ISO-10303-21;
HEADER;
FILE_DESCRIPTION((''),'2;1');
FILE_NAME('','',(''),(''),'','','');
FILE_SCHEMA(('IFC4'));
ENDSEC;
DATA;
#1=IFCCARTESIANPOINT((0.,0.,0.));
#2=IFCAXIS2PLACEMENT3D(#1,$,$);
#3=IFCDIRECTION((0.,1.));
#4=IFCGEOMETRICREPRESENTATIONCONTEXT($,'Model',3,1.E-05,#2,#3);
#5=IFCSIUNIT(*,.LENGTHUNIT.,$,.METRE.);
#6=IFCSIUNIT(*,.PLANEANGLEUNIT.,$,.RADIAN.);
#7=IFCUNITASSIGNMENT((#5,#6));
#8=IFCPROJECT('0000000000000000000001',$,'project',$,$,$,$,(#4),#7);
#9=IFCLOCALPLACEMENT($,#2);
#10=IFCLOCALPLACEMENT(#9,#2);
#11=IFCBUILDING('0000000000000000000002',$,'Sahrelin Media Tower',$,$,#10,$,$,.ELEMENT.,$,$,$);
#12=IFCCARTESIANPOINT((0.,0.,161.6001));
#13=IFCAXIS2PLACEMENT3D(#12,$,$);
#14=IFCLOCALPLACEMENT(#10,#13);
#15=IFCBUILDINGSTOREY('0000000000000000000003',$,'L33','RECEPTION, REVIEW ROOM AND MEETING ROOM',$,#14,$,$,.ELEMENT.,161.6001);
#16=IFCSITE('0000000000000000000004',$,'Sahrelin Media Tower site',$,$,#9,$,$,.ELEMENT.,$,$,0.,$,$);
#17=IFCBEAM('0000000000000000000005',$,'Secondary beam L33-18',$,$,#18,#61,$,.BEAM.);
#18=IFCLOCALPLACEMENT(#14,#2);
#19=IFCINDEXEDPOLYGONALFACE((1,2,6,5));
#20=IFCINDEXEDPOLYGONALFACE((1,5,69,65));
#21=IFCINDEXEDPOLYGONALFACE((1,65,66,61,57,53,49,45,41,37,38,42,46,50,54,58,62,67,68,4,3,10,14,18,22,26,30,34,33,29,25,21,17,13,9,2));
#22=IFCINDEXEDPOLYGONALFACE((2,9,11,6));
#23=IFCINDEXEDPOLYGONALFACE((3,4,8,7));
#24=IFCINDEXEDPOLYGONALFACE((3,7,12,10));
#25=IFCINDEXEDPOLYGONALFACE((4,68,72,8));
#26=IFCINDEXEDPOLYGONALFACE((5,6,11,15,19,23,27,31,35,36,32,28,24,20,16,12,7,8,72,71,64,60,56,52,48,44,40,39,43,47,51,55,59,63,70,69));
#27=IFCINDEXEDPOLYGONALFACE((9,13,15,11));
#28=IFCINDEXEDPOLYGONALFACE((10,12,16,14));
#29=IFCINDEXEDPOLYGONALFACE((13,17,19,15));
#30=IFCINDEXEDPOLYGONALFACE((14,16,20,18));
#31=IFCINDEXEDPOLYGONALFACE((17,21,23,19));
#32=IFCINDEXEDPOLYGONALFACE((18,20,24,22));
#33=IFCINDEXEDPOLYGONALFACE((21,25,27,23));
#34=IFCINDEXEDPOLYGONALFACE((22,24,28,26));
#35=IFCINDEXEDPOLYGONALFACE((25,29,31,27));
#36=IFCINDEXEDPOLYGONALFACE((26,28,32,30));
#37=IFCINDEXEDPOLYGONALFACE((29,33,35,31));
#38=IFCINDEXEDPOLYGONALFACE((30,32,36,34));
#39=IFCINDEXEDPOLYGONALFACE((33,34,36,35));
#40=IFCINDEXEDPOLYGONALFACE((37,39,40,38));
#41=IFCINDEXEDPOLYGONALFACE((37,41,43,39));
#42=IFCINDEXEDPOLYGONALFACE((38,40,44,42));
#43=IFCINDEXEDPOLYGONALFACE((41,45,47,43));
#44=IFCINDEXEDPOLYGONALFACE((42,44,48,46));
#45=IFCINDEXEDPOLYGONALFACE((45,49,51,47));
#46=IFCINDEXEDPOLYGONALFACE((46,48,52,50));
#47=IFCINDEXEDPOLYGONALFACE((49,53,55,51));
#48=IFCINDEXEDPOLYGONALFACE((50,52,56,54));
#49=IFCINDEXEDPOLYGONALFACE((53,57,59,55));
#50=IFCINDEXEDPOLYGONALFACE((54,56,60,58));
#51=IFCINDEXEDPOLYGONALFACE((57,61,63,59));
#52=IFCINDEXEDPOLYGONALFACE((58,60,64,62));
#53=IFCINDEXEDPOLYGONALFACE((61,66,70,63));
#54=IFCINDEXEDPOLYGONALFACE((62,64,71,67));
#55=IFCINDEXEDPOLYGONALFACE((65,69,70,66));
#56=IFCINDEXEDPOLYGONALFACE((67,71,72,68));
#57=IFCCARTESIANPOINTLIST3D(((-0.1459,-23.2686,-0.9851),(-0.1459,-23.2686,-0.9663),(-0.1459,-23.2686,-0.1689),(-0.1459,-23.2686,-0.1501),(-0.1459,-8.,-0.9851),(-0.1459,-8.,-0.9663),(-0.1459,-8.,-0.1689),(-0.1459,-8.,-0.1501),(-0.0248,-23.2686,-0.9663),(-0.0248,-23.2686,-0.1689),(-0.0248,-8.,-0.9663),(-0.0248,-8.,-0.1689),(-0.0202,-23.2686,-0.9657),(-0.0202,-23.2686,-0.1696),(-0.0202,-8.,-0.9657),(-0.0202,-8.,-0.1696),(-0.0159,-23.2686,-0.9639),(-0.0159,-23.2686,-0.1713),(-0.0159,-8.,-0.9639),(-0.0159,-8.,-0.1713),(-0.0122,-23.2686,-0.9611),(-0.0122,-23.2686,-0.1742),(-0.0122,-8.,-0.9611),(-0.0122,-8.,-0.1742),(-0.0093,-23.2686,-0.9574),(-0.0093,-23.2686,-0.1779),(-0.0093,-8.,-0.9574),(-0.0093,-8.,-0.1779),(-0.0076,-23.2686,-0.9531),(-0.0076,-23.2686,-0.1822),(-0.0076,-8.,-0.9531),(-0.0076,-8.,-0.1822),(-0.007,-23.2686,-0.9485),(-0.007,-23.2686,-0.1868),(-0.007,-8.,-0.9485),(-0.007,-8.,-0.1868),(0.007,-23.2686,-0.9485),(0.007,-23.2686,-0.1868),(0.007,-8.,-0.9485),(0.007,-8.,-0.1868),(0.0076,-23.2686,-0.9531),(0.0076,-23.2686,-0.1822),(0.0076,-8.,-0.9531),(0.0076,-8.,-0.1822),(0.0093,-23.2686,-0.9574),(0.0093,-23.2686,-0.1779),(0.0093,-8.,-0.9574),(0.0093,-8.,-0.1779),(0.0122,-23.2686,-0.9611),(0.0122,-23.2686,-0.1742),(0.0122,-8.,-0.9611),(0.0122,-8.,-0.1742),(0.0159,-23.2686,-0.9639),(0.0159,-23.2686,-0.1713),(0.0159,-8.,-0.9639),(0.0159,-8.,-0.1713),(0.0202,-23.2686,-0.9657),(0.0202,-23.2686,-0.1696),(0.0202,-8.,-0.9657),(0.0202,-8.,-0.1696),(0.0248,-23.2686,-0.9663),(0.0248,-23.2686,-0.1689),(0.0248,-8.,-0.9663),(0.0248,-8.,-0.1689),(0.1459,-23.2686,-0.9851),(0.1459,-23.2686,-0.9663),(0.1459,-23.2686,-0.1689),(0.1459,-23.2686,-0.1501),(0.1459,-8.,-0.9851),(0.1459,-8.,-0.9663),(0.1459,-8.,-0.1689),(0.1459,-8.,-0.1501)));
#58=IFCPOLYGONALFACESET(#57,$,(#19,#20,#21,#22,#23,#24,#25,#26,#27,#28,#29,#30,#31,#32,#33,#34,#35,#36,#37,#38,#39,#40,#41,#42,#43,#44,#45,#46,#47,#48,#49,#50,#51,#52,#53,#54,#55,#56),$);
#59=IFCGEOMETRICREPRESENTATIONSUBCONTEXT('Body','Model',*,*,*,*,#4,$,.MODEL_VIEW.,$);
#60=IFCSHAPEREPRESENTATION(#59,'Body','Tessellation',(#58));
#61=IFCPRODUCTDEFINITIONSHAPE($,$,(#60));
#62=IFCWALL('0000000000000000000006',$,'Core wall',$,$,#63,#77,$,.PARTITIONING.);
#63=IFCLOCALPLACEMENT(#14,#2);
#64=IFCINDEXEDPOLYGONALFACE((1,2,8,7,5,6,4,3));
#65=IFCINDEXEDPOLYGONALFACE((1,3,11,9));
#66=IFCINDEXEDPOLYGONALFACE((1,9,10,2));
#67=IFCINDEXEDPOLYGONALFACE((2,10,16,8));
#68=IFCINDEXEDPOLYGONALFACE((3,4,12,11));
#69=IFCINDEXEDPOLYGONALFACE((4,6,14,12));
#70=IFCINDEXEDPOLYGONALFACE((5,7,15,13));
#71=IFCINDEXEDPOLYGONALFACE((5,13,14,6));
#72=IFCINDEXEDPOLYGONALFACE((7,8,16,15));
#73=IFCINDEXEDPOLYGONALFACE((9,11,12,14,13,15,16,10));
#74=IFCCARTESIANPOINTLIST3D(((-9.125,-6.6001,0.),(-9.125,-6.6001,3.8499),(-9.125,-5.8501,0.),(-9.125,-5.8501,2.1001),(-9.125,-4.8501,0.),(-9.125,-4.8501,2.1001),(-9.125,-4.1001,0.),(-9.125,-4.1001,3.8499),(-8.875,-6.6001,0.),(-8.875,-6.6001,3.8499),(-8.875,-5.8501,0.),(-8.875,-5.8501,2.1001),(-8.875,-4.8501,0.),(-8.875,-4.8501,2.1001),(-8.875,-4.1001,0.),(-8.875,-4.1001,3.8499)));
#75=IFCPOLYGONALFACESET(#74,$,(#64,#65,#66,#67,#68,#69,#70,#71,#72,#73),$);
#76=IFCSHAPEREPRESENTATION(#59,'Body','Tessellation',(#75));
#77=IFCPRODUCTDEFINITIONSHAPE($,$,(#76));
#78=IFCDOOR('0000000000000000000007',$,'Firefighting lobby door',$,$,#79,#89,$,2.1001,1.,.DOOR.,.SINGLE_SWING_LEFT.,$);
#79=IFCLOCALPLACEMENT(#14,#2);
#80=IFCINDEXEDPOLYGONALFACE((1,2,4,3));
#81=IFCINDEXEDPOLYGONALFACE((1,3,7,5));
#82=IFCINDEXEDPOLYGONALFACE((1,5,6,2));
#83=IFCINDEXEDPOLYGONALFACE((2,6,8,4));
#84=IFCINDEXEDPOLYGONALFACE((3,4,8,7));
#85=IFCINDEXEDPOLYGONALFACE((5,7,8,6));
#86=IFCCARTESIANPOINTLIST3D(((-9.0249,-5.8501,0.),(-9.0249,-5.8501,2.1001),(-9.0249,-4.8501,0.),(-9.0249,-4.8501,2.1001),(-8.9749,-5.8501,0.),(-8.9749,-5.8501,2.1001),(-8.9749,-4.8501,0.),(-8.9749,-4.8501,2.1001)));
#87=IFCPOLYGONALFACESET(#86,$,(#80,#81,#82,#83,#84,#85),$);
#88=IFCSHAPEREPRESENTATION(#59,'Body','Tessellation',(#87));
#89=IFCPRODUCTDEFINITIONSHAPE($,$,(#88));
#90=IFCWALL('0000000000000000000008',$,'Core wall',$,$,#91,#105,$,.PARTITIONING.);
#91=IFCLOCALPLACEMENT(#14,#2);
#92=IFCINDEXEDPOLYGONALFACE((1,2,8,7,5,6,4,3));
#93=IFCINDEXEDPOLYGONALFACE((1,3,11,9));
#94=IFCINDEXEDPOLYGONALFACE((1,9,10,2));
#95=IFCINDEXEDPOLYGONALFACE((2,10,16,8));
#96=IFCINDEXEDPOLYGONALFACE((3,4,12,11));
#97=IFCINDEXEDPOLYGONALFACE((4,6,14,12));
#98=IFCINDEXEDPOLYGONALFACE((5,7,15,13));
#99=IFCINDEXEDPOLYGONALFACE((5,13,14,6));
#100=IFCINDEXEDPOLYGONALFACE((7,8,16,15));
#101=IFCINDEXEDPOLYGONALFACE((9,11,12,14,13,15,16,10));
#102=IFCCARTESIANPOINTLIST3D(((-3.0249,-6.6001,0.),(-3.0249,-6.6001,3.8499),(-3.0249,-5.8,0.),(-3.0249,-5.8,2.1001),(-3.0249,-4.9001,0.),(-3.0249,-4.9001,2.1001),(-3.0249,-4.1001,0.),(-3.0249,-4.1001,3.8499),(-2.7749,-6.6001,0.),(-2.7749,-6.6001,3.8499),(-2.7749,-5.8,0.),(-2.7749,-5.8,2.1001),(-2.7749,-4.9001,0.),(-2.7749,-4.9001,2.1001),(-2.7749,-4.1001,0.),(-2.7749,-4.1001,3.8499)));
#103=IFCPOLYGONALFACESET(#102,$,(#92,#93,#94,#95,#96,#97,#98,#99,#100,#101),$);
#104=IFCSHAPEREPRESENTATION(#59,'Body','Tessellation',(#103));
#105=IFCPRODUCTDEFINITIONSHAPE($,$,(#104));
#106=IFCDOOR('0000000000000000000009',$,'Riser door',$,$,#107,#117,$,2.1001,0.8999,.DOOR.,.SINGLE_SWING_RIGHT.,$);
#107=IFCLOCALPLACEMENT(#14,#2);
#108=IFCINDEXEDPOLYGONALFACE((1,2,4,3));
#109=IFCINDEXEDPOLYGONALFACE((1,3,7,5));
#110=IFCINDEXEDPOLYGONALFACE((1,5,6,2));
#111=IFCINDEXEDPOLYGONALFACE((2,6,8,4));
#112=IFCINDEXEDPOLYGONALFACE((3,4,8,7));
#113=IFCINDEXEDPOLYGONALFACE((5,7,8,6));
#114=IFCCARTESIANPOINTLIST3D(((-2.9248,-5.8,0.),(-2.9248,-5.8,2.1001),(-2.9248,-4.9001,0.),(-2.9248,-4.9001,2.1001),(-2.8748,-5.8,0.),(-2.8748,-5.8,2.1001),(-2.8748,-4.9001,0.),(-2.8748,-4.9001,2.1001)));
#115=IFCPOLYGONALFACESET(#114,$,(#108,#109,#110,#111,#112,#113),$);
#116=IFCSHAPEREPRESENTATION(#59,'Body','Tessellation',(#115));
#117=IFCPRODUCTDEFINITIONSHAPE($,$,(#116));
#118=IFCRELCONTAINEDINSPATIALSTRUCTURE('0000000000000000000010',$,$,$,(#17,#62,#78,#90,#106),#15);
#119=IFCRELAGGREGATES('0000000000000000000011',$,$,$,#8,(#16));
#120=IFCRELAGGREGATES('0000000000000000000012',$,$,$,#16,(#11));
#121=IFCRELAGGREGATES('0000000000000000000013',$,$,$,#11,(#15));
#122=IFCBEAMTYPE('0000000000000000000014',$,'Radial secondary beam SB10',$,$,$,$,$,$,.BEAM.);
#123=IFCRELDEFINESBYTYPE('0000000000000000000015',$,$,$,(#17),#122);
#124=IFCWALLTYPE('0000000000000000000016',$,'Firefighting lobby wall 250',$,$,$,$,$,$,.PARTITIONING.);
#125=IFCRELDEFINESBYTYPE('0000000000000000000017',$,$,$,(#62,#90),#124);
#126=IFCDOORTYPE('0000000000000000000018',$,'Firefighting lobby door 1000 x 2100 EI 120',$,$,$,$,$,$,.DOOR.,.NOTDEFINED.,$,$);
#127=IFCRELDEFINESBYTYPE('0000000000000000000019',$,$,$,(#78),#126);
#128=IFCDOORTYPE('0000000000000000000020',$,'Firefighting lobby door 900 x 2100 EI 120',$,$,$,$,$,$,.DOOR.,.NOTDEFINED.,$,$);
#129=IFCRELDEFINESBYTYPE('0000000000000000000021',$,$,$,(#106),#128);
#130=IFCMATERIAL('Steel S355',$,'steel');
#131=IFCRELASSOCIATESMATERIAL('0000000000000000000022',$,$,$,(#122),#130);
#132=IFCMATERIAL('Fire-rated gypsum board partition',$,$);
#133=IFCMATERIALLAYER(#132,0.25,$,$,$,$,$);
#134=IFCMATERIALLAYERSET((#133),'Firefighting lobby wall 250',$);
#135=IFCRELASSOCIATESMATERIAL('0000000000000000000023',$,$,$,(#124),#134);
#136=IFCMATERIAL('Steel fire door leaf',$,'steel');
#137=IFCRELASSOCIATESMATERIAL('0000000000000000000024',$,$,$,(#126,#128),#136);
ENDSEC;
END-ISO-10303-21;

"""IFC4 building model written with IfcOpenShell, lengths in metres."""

from ifc_helpers import new_model, si_unit, direction, frame, frame_2d, origin, origin_2d, place, context, subcontext, project, spatial, rectangle, i_section, extrude, material, layer, layer_set, material_profile, profile_set, type_object, element, fill, save


model = new_model("IFC4")

# Units and contexts
model_context = context("Model", 3, precision=1e-05, world=origin(), true_north=direction((0.0, 1.0)))
body_context = subcontext(model_context, "Body", "Model", "MODEL_VIEW")
ifc_project = project(units=[si_unit("LENGTHUNIT", "METRE"), si_unit("PLANEANGLEUNIT", "RADIAN")], contexts=[model_context])

# Site, building, storey
site_placement = place(None, origin())
site = spatial("IfcSite", under=ifc_project, at=site_placement, Name="Sahrelin Media Tower site", CompositionType="ELEMENT", RefElevation=0.0)
building_placement = place(site_placement, origin())
building = spatial("IfcBuilding", under=site, at=building_placement, Name="Sahrelin Media Tower", CompositionType="ELEMENT")
storey_placement = place(building_placement, frame((0.0, 0.0, 161.6001)))
storey = spatial("IfcBuildingStorey", under=building, at=storey_placement, Name="L33", Description="RECEPTION, REVIEW ROOM AND MEETING ROOM", CompositionType="ELEMENT", Elevation=161.6001)

# Beam
ifc_material_1 = material(Name="Steel S355", Category="steel")
ifc_material_profile_1 = material_profile(ifc_material_1, i_section(OverallWidth=0.2917, OverallDepth=0.835, WebThickness=0.0139, FlangeThickness=0.0188, FilletRadius=0.0178, at=origin_2d()), Name="UB 838x292x176")
ifc_profile_set_1 = profile_set([ifc_material_profile_1], Name="Steel S355")
beam_type_1 = type_object("IfcBeamType", Name="Radial secondary beam SB10", PredefinedType="BEAM", material=ifc_profile_set_1)
beam_1_placement = place(storey_placement, frame((0.0, -8.0, -0.5676), z_axis=(0.0, -1.0, 0.0), x_axis=(1.0, 0.0, 0.0)))
element("IfcBeam", 1, at=beam_1_placement, inside=storey, type_object=beam_type_1, Name="Secondary beam L33-18", PredefinedType="BEAM", context=body_context, shape_type="SweptSolid", body=[
    extrude(i_section(OverallWidth=0.2917, OverallDepth=0.835, WebThickness=0.0139, FlangeThickness=0.0188, FilletRadius=0.0178, at=origin_2d()), origin(), (0.0, 0.0, 1.0), 15.2686),
])

# Walls, openings, doors
ifc_material_2 = material(Name="Fire-rated gypsum board partition")
ifc_layer_1 = layer(ifc_material_2, 0.25)
ifc_layer_set_1 = layer_set([ifc_layer_1], Name="Firefighting lobby wall 250")
wall_type_1 = type_object("IfcWallType", Name="Firefighting lobby wall 250", PredefinedType="PARTITIONING", material=ifc_layer_set_1)
wall_1_placement = place(storey_placement, frame((-9.0, -6.6001, 0.0), z_axis=(0.0, 0.0, 1.0), x_axis=(0.0, 1.0, 0.0)))
wall_1 = element("IfcWall", 2, at=wall_1_placement, inside=storey, type_object=wall_type_1, Name="Core wall", PredefinedType="PARTITIONING", context=body_context, shape_type="SweptSolid", body=[
    extrude(rectangle(XDim=2.5, YDim=0.25, at=frame_2d((1.25, 0.0))), origin(), (0.0, 0.0, 1.0), 3.8499),
])
opening_1_placement = place(wall_1_placement, frame((0.75, 0.0, 0.0)))
opening_1 = element("IfcOpeningElement", 3, at=opening_1_placement, cuts=wall_1, PredefinedType="OPENING", context=body_context, shape_type="SweptSolid", body=[
    extrude(rectangle(XDim=1.0, YDim=2.1001, at=frame_2d((0.5, 1.05))), frame((0.0, 0.125, 0.0), z_axis=(0.0, -1.0, 0.0), x_axis=(1.0, 0.0, 0.0)), (0.0, 0.0, 1.0), 0.25),
])
ifc_material_3 = material(Name="Steel fire door leaf", Category="steel")
door_type_1 = type_object("IfcDoorType", Name="Firefighting lobby door 1000 x 2100 EI 120", OperationType="NOTDEFINED", PredefinedType="DOOR", material=ifc_material_3)
door_1_placement = place(opening_1_placement, origin())
door_1 = element("IfcDoor", 4, at=door_1_placement, inside=storey, type_object=door_type_1, Name="Firefighting lobby door", OperationType="SINGLE_SWING_LEFT", OverallHeight=2.1001, OverallWidth=1.0, PredefinedType="DOOR", context=body_context, shape_type="SweptSolid", body=[
    extrude(rectangle(XDim=1.0, YDim=2.1001, at=frame_2d((0.5, 1.05))), frame((0.0, 0.0249, 0.0), z_axis=(0.0, -1.0, 0.0), x_axis=(1.0, 0.0, 0.0)), (0.0, 0.0, 1.0), 0.05),
])
fill(opening_1, door_1)
wall_2_placement = place(storey_placement, frame((-2.8999, -6.6001, 0.0), z_axis=(0.0, 0.0, 1.0), x_axis=(0.0, 1.0, 0.0)))
wall_2 = element("IfcWall", 5, at=wall_2_placement, inside=storey, type_object=wall_type_1, Name="Core wall", PredefinedType="PARTITIONING", context=body_context, shape_type="SweptSolid", body=[
    extrude(rectangle(XDim=2.5, YDim=0.25, at=frame_2d((1.25, 0.0))), origin(), (0.0, 0.0, 1.0), 3.8499),
])
opening_2_placement = place(wall_2_placement, frame((0.8, 0.0, 0.0)))
opening_2 = element("IfcOpeningElement", 6, at=opening_2_placement, cuts=wall_2, PredefinedType="OPENING", context=body_context, shape_type="SweptSolid", body=[
    extrude(rectangle(XDim=0.8999, YDim=2.1001, at=frame_2d((0.45, 1.05))), frame((0.0, 0.125, 0.0), z_axis=(0.0, -1.0, 0.0), x_axis=(1.0, 0.0, 0.0)), (0.0, 0.0, 1.0), 0.25),
])
door_type_2 = type_object("IfcDoorType", Name="Firefighting lobby door 900 x 2100 EI 120", OperationType="NOTDEFINED", PredefinedType="DOOR", material=ifc_material_3)
door_2_placement = place(opening_2_placement, origin())
door_2 = element("IfcDoor", 7, at=door_2_placement, inside=storey, type_object=door_type_2, Name="Riser door", OperationType="SINGLE_SWING_RIGHT", OverallHeight=2.1001, OverallWidth=0.8999, PredefinedType="DOOR", context=body_context, shape_type="SweptSolid", body=[
    extrude(rectangle(XDim=0.8999, YDim=2.1001, at=frame_2d((0.45, 1.05))), frame((0.0, 0.0249, 0.0), z_axis=(0.0, -1.0, 0.0), x_axis=(1.0, 0.0, 0.0)), (0.0, 0.0, 1.0), 0.05),
])
fill(opening_2, door_2)

save(model, "model.ifc")
